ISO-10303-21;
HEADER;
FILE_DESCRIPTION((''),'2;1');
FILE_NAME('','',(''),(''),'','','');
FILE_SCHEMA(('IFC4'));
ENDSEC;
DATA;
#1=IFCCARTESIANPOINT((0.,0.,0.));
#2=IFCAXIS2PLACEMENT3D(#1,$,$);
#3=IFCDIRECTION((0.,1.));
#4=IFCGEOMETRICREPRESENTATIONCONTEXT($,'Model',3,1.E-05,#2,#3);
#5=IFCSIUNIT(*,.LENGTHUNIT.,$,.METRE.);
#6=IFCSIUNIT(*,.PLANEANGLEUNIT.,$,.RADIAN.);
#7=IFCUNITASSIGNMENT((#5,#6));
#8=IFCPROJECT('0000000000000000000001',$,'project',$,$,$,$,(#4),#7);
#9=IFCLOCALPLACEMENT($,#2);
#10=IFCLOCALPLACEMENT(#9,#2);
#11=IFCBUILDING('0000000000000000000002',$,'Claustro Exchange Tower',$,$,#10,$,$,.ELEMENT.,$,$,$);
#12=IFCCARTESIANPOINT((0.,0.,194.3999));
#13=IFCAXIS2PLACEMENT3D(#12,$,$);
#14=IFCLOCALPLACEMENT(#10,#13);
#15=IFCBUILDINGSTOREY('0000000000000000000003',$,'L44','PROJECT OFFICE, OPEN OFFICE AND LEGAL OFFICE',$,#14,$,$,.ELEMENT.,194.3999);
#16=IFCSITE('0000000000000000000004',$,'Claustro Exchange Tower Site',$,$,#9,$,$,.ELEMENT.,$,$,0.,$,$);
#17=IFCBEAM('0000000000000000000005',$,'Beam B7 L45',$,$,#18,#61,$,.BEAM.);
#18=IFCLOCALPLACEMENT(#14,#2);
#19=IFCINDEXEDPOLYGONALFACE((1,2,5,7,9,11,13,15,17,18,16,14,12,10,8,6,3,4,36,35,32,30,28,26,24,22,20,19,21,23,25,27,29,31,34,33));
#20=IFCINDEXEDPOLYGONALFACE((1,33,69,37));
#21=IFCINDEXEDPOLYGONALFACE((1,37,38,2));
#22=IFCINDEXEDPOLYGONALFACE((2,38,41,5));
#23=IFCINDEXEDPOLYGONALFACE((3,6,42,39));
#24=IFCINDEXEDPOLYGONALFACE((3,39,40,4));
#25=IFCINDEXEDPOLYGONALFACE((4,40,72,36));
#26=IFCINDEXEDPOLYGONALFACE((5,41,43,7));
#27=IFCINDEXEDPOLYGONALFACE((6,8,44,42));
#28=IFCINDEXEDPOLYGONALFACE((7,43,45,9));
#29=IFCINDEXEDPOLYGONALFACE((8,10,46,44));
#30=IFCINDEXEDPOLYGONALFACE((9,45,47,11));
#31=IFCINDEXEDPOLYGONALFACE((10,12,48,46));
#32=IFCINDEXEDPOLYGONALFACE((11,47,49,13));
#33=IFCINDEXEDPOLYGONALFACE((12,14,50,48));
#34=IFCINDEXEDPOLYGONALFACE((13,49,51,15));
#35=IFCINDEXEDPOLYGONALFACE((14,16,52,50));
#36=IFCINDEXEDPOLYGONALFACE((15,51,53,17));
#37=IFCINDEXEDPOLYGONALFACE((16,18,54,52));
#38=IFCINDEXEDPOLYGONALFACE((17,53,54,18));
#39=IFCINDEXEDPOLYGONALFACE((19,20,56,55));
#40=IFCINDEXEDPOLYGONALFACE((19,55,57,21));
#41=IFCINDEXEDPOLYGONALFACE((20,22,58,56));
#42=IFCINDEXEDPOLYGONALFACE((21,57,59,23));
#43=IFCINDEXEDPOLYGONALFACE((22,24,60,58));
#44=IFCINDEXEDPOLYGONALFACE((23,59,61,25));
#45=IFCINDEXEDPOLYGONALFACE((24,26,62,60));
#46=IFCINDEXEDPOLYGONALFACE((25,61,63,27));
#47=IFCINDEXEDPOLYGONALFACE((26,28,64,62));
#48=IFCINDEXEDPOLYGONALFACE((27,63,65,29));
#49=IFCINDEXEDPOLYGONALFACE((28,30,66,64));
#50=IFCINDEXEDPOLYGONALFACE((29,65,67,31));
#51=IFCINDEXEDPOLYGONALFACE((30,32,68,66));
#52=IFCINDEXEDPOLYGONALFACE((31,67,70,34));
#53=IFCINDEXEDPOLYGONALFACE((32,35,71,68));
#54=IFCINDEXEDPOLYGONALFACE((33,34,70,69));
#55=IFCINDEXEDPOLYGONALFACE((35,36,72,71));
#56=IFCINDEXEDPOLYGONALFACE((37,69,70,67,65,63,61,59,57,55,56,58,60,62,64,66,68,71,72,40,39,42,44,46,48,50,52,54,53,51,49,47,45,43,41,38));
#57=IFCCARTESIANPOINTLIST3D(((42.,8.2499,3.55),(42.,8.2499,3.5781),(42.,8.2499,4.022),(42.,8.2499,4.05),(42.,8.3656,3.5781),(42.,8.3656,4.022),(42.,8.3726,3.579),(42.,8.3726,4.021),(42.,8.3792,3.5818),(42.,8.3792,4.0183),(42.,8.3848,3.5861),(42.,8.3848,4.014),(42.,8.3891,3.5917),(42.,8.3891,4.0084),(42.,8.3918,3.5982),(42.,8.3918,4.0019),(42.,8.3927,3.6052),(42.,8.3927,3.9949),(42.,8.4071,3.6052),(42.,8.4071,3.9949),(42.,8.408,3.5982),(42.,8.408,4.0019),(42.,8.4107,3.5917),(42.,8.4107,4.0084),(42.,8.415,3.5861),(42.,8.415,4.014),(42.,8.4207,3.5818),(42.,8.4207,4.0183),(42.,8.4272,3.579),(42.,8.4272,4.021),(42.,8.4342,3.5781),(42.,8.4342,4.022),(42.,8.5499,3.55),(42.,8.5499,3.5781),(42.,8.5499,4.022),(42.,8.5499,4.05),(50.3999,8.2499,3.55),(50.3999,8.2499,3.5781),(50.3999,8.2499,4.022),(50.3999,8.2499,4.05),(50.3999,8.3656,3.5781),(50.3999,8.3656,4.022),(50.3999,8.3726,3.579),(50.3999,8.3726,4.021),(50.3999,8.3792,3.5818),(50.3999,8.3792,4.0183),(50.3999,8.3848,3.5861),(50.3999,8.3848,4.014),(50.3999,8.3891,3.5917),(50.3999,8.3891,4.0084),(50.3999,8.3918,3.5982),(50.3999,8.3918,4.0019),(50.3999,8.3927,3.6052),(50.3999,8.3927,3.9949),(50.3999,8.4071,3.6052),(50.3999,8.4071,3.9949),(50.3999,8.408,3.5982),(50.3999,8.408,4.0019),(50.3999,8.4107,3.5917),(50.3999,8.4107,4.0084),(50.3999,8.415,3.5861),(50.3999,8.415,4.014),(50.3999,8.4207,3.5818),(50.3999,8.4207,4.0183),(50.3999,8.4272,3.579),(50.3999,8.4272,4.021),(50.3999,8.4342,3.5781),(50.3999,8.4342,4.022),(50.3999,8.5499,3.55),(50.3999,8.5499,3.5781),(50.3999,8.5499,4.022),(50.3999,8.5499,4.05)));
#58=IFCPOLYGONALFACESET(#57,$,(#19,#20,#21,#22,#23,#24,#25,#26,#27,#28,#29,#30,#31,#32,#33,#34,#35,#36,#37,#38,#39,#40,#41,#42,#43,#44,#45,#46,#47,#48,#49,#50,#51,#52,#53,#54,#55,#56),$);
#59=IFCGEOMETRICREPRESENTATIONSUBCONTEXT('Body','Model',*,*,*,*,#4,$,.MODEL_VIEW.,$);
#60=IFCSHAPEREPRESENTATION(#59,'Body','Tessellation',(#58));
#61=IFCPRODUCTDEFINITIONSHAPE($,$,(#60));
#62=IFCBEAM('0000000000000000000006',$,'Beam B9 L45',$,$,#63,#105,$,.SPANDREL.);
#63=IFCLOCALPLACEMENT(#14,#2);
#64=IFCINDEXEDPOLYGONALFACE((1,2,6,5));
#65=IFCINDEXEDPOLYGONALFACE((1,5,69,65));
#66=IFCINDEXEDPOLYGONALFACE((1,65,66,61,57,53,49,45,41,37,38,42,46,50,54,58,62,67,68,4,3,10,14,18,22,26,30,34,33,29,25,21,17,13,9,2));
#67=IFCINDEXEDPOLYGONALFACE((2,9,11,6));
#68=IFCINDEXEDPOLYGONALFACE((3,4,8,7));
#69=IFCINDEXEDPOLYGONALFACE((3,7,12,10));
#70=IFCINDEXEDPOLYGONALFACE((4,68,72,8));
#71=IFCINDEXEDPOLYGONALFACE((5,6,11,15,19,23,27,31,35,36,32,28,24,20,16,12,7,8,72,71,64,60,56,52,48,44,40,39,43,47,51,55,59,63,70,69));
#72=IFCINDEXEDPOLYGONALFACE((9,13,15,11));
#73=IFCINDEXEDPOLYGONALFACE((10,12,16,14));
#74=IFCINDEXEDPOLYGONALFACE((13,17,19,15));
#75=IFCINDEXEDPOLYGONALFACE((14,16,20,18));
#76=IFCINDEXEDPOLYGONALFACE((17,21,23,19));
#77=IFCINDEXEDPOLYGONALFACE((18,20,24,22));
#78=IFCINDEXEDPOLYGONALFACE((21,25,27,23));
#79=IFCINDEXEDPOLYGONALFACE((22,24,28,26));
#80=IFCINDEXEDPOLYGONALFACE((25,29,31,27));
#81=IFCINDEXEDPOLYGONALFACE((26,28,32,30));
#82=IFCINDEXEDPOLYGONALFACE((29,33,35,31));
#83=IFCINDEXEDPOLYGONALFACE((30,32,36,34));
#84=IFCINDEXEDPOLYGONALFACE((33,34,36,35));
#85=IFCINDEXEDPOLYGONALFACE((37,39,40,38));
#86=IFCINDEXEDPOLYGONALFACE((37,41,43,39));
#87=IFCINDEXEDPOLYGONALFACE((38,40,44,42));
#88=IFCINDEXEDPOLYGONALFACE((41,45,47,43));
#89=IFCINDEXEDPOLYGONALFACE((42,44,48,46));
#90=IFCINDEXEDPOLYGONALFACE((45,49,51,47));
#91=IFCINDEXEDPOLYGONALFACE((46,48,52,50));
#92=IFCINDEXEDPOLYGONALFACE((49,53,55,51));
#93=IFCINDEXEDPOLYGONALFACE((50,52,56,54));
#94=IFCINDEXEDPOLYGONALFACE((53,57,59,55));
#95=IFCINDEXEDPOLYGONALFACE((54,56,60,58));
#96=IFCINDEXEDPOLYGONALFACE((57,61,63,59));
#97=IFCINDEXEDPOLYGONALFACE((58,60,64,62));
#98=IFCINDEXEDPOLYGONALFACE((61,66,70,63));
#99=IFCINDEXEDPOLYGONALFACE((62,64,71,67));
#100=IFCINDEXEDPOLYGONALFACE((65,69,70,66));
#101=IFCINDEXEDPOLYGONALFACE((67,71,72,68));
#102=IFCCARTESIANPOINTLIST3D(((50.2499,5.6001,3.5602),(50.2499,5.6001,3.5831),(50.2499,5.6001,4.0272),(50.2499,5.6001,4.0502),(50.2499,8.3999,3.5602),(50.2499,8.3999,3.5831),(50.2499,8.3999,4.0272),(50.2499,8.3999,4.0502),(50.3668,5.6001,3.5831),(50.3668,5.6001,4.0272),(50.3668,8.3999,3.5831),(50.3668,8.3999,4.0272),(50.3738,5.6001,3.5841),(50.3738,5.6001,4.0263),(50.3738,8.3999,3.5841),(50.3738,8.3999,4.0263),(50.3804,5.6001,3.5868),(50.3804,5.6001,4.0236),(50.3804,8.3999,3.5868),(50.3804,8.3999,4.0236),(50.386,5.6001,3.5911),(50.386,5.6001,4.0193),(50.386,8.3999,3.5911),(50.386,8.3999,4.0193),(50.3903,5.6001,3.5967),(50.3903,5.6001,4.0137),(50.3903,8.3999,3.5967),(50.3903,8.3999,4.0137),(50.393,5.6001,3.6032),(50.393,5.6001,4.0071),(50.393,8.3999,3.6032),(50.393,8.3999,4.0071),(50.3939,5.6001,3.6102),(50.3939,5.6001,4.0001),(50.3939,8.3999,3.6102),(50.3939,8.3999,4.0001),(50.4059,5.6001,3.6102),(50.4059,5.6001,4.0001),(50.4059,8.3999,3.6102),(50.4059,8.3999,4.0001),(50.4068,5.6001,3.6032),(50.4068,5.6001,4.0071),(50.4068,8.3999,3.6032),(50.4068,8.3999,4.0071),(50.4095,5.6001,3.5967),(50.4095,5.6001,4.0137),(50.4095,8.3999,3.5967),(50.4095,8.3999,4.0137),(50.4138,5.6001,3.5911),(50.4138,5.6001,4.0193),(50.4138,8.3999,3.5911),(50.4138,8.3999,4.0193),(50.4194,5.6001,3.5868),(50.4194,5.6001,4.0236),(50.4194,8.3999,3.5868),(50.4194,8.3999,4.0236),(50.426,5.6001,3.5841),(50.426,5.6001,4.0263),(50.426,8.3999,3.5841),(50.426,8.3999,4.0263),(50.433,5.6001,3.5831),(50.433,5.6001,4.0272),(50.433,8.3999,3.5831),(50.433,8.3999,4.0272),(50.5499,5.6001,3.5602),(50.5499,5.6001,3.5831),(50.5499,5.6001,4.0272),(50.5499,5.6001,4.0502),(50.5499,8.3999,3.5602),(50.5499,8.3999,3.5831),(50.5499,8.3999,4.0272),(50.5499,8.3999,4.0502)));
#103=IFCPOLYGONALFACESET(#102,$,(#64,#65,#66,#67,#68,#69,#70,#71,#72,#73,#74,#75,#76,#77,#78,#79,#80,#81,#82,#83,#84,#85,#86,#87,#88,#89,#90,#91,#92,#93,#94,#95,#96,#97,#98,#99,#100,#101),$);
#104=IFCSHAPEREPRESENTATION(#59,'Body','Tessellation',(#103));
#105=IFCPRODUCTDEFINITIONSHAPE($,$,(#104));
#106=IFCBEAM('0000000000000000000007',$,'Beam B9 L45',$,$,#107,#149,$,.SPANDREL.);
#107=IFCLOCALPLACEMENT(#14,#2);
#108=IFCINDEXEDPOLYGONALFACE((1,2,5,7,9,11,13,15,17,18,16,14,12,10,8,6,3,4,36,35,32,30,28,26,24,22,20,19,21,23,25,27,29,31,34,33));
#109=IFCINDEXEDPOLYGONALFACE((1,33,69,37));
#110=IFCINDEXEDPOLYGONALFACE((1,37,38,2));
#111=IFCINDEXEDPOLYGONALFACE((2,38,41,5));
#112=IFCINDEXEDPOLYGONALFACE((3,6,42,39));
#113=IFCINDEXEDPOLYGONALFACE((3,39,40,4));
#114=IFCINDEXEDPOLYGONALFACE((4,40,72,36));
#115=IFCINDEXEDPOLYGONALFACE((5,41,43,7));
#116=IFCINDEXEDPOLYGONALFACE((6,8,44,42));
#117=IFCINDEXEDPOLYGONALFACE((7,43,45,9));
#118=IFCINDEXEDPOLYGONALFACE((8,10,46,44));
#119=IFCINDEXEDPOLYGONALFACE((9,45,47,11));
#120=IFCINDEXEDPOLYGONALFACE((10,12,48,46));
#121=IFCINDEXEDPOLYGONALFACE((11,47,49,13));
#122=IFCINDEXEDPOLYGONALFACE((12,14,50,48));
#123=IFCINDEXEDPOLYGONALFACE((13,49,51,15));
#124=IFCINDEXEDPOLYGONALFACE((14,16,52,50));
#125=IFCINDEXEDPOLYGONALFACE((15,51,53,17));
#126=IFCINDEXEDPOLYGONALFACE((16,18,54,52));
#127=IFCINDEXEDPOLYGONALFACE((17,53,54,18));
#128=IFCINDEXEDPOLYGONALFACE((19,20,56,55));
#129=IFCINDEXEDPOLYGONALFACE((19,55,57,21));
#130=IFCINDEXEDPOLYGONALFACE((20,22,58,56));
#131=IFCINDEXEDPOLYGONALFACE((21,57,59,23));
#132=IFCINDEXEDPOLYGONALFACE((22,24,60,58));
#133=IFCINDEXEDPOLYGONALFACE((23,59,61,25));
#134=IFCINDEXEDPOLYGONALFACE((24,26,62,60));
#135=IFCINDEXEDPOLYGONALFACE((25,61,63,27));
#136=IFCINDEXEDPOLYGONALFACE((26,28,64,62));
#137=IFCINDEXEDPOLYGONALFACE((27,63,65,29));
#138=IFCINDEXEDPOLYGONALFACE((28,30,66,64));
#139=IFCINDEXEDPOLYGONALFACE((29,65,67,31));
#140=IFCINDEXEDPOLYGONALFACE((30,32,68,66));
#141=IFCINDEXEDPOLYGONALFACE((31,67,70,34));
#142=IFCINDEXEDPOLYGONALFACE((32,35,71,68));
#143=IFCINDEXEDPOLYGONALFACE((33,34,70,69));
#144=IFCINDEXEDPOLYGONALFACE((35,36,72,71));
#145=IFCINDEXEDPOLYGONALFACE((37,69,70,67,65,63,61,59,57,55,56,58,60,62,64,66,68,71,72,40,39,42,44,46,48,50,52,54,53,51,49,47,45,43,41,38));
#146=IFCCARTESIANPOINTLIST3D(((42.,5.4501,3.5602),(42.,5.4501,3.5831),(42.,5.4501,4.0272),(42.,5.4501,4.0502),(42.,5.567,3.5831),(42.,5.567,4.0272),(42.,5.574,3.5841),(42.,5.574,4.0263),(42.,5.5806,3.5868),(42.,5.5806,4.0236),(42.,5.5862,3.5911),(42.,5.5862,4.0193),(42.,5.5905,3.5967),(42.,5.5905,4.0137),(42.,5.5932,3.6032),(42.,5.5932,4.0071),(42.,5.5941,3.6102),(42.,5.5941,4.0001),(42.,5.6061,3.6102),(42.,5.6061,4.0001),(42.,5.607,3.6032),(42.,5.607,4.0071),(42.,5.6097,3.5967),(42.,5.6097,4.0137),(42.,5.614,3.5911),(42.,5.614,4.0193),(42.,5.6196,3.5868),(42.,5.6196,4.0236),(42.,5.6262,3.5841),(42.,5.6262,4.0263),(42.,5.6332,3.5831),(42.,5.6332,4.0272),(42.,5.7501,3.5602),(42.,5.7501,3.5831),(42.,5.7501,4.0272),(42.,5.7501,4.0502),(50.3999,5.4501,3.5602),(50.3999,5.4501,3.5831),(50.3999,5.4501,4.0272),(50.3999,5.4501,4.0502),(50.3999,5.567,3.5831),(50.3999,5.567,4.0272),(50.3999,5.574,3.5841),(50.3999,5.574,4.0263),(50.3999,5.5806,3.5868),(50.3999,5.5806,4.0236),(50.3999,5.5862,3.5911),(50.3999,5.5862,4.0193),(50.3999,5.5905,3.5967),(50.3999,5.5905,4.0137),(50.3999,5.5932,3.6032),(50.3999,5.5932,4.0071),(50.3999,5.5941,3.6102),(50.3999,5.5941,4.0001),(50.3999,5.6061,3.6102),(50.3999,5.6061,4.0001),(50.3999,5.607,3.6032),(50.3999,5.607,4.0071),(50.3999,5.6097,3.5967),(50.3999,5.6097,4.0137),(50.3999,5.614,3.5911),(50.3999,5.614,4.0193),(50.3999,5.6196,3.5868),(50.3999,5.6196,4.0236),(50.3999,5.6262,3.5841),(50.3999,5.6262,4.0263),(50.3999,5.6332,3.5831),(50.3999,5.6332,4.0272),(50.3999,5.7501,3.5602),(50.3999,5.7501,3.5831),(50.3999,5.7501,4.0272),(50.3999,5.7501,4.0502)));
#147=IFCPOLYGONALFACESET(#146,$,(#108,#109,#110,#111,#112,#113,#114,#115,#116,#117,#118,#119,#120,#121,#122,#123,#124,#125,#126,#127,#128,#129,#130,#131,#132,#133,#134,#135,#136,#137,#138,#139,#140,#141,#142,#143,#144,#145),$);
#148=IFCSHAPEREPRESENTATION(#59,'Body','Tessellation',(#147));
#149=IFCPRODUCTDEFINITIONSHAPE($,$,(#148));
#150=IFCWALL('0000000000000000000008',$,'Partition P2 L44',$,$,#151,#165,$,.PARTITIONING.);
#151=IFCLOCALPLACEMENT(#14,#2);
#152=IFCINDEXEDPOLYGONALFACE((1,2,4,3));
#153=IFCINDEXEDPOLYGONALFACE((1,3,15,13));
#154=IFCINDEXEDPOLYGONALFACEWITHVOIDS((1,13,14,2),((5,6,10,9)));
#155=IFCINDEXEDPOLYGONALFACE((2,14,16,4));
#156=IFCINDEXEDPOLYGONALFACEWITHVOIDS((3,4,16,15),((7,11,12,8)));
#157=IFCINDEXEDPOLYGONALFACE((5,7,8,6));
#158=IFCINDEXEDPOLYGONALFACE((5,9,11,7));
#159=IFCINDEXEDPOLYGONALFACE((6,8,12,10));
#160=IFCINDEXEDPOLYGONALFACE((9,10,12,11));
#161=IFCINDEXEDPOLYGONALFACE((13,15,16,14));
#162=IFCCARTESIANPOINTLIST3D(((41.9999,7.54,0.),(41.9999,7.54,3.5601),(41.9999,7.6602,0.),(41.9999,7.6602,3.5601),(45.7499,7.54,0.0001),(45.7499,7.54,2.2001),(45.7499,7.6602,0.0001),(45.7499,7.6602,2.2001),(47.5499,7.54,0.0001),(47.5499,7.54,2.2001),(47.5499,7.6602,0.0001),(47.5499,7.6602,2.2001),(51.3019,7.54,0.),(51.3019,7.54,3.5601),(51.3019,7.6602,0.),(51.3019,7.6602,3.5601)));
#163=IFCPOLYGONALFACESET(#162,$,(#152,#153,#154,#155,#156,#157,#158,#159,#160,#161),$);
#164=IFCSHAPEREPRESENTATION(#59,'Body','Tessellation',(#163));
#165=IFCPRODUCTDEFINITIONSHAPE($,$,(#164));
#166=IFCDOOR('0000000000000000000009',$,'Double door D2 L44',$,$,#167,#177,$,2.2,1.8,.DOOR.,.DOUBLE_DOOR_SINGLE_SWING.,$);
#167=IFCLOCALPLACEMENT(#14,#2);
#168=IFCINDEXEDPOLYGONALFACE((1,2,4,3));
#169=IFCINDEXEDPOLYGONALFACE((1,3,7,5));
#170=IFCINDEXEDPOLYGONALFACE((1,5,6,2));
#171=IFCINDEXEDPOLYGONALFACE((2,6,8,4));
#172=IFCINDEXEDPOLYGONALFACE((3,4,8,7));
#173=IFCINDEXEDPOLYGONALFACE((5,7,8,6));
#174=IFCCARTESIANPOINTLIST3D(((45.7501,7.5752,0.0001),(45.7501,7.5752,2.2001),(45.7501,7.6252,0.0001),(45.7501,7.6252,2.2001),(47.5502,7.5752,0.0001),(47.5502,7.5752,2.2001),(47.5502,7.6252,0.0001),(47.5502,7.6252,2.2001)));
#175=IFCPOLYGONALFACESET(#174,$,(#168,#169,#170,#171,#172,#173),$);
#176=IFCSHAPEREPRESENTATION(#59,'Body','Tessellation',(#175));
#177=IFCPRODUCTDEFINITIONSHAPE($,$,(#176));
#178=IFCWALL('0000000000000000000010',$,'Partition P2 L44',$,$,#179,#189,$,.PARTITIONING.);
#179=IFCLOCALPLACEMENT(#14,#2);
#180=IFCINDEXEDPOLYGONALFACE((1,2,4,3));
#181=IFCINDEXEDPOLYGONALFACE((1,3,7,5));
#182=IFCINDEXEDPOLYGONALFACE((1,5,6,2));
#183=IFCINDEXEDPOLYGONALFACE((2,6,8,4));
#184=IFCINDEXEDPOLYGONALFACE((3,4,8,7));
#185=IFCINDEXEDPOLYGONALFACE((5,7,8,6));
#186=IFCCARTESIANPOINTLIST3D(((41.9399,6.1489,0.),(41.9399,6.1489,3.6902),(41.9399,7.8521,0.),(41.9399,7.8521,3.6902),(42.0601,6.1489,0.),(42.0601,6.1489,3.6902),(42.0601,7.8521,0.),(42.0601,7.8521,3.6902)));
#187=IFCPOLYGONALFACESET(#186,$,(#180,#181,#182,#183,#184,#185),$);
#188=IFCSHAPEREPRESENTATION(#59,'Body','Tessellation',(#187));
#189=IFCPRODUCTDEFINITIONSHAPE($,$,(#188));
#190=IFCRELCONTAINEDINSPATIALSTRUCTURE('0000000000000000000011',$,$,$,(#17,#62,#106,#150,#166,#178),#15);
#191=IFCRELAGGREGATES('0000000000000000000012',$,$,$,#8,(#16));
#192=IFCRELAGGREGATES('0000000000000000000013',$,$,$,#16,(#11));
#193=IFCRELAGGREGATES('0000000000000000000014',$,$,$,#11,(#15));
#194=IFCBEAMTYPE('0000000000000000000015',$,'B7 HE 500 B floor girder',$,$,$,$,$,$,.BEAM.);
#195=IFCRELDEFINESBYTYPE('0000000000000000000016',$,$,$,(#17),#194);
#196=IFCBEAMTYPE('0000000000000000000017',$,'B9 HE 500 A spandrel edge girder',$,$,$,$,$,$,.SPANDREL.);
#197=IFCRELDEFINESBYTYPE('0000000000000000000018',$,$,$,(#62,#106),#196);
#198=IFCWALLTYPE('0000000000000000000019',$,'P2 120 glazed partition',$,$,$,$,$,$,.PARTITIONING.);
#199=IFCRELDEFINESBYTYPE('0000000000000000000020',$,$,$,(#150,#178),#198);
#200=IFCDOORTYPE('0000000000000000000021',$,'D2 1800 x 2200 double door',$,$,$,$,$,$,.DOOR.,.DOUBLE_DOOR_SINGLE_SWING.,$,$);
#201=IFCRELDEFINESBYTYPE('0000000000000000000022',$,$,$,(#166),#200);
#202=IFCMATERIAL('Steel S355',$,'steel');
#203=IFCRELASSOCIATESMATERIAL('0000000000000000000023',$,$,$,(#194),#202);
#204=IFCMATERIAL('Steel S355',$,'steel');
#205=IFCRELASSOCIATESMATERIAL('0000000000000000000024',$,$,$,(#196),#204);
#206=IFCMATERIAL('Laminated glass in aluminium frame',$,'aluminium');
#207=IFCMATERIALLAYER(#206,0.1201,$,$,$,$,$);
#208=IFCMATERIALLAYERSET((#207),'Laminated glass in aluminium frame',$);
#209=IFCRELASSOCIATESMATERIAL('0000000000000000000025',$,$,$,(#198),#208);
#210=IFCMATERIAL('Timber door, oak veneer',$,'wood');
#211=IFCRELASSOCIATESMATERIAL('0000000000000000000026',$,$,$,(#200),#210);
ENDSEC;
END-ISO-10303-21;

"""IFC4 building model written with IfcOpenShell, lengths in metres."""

from ifc_helpers import new_model, si_unit, direction, frame, frame_2d, origin, origin_2d, place, context, subcontext, project, spatial, rectangle, i_section, extrude, material, layer, layer_set, material_profile, profile_set, type_object, element, fill, save


model = new_model("IFC4")

# Units and contexts
model_context = context("Model", 3, precision=1e-05, world=origin(), true_north=direction((0.0, 1.0)))
body_context = subcontext(model_context, "Body", "Model", "MODEL_VIEW")
ifc_project = project(units=[si_unit("LENGTHUNIT", "METRE"), si_unit("PLANEANGLEUNIT", "RADIAN")], contexts=[model_context])

# Site, building, storey
site_placement = place(None, origin())
site = spatial("IfcSite", under=ifc_project, at=site_placement, Name="Claustro Exchange Tower Site", CompositionType="ELEMENT", RefElevation=0.0)
building_placement = place(site_placement, origin())
building = spatial("IfcBuilding", under=site, at=building_placement, Name="Claustro Exchange Tower", CompositionType="ELEMENT")
storey_placement = place(building_placement, frame((0.0, 0.0, 194.3999)))
storey = spatial("IfcBuildingStorey", under=building, at=storey_placement, Name="L44", Description="PROJECT OFFICE, OPEN OFFICE AND LEGAL OFFICE", CompositionType="ELEMENT", Elevation=194.3999)

# Beams
ifc_material_1 = material(Name="Steel S355", Category="steel")
ifc_material_profile_1 = material_profile(ifc_material_1, i_section(OverallWidth=0.3, OverallDepth=0.5, WebThickness=0.0144, FlangeThickness=0.0281, FilletRadius=0.0271, at=origin_2d()), Name="HE 500 B")
ifc_profile_set_1 = profile_set([ifc_material_profile_1], Name="Steel S355")
beam_type_1 = type_object("IfcBeamType", Name="B7 HE 500 B floor girder", PredefinedType="BEAM", material=ifc_profile_set_1)
beam_1_placement = place(storey_placement, frame((42.0, 8.3999, 3.8), z_axis=(1.0, 0.0, 0.0), x_axis=(0.0, 1.0, 0.0)))
element("IfcBeam", 1, at=beam_1_placement, inside=storey, type_object=beam_type_1, Name="Beam B7 L45", PredefinedType="BEAM", context=body_context, shape_type="SweptSolid", body=[
    extrude(i_section(OverallWidth=0.3, OverallDepth=0.5, WebThickness=0.0144, FlangeThickness=0.0281, FilletRadius=0.0271, at=origin_2d()), origin(), (0.0, 0.0, 1.0), 8.3999),
])
ifc_material_2 = material(Name="Steel S355", Category="steel")
ifc_material_profile_2 = material_profile(ifc_material_2, i_section(OverallWidth=0.3, OverallDepth=0.49, WebThickness=0.012, FlangeThickness=0.0229, FilletRadius=0.0271, at=origin_2d()), Name="HE 500 A")
ifc_profile_set_2 = profile_set([ifc_material_profile_2], Name="Steel S355")
beam_type_2 = type_object("IfcBeamType", Name="B9 HE 500 A spandrel edge girder", PredefinedType="SPANDREL", material=ifc_profile_set_2)
beam_2_placement = place(storey_placement, frame((50.3999, 5.6001, 3.8052), z_axis=(0.0, 1.0, 0.0), x_axis=(-1.0, 0.0, 0.0)))
element("IfcBeam", 2, at=beam_2_placement, inside=storey, type_object=beam_type_2, Name="Beam B9 L45", PredefinedType="SPANDREL", context=body_context, shape_type="SweptSolid", body=[
    extrude(i_section(OverallWidth=0.3, OverallDepth=0.49, WebThickness=0.012, FlangeThickness=0.0229, FilletRadius=0.0271, at=origin_2d()), origin(), (0.0, 0.0, 1.0), 2.7998),
])
beam_3_placement = place(storey_placement, frame((42.0, 5.6001, 3.8052), z_axis=(1.0, 0.0, 0.0), x_axis=(0.0, 1.0, 0.0)))
element("IfcBeam", 3, at=beam_3_placement, inside=storey, type_object=beam_type_2, Name="Beam B9 L45", PredefinedType="SPANDREL", context=body_context, shape_type="SweptSolid", body=[
    extrude(i_section(OverallWidth=0.3, OverallDepth=0.49, WebThickness=0.012, FlangeThickness=0.0229, FilletRadius=0.0271, at=origin_2d()), origin(), (0.0, 0.0, 1.0), 8.3999),
])

# Wall, opening, door
ifc_material_3 = material(Name="Laminated glass in aluminium frame", Category="aluminium")
ifc_layer_1 = layer(ifc_material_3, 0.1201)
ifc_layer_set_1 = layer_set([ifc_layer_1], Name="Laminated glass in aluminium frame")
wall_type_1 = type_object("IfcWallType", Name="P2 120 glazed partition", PredefinedType="PARTITIONING", material=ifc_layer_set_1)
wall_1_placement = place(storey_placement, frame((42.0, 7.6001, 0.0), z_axis=(0.0, 0.0, 1.0), x_axis=(1.0, 0.0, 0.0)))
wall_1 = element("IfcWall", 4, at=wall_1_placement, inside=storey, type_object=wall_type_1, Name="Partition P2 L44", PredefinedType="PARTITIONING", context=body_context, shape_type="SweptSolid", body=[
    extrude(rectangle(XDim=9.302, YDim=0.1201, at=frame_2d((4.6509, 0.0))), origin(), (0.0, 0.0, 1.0), 3.5601),
])
opening_1_placement = place(wall_1_placement, frame((3.75, 0.0, 0.0)))
opening_1 = element("IfcOpeningElement", 5, at=opening_1_placement, cuts=wall_1, PredefinedType="OPENING", context=body_context, shape_type="SweptSolid", body=[
    extrude(rectangle(XDim=1.8, YDim=2.2, at=frame_2d((0.8999, 1.1001))), frame((0.0, 0.0701, 0.0), z_axis=(0.0, -1.0, 0.0), x_axis=(1.0, 0.0, 0.0)), (0.0, 0.0, 1.0), 0.1401),
])
ifc_material_4 = material(Name="Timber door, oak veneer", Category="wood")
door_type = type_object("IfcDoorType", Name="D2 1800 x 2200 double door", OperationType="DOUBLE_DOOR_SINGLE_SWING", PredefinedType="DOOR", material=ifc_material_4)
door_placement = place(opening_1_placement, frame((1.8, 0.0, 0.0), z_axis=(0.0, 0.0, 1.0), x_axis=(-1.0, 0.0, 0.0)))
door = element("IfcDoor", 6, at=door_placement, inside=storey, type_object=door_type, Name="Double door D2 L44", OperationType="DOUBLE_DOOR_SINGLE_SWING", OverallHeight=2.2, OverallWidth=1.8, PredefinedType="DOOR", context=body_context, shape_type="SweptSolid", body=[
    extrude(rectangle(XDim=1.8, YDim=2.2, at=frame_2d((0.8999, 1.1001))), frame((0.0, 0.0249, 0.0), z_axis=(0.0, -1.0, 0.0), x_axis=(1.0, 0.0, 0.0)), (0.0, 0.0, 1.0), 0.05),
])
fill(opening_1, door)

# Wall
wall_2_placement = place(storey_placement, frame((42.0, 6.1489, 0.0), z_axis=(0.0, 0.0, 1.0), x_axis=(0.0, 1.0, 0.0)))
element("IfcWall", 7, at=wall_2_placement, inside=storey, type_object=wall_type_1, Name="Partition P2 L44", PredefinedType="PARTITIONING", context=body_context, shape_type="SweptSolid", body=[
    extrude(rectangle(XDim=1.7031, YDim=0.1201, at=frame_2d((0.8516, 0.0))), origin(), (0.0, 0.0, 1.0), 3.6902),
])

save(model, "model.ifc")
